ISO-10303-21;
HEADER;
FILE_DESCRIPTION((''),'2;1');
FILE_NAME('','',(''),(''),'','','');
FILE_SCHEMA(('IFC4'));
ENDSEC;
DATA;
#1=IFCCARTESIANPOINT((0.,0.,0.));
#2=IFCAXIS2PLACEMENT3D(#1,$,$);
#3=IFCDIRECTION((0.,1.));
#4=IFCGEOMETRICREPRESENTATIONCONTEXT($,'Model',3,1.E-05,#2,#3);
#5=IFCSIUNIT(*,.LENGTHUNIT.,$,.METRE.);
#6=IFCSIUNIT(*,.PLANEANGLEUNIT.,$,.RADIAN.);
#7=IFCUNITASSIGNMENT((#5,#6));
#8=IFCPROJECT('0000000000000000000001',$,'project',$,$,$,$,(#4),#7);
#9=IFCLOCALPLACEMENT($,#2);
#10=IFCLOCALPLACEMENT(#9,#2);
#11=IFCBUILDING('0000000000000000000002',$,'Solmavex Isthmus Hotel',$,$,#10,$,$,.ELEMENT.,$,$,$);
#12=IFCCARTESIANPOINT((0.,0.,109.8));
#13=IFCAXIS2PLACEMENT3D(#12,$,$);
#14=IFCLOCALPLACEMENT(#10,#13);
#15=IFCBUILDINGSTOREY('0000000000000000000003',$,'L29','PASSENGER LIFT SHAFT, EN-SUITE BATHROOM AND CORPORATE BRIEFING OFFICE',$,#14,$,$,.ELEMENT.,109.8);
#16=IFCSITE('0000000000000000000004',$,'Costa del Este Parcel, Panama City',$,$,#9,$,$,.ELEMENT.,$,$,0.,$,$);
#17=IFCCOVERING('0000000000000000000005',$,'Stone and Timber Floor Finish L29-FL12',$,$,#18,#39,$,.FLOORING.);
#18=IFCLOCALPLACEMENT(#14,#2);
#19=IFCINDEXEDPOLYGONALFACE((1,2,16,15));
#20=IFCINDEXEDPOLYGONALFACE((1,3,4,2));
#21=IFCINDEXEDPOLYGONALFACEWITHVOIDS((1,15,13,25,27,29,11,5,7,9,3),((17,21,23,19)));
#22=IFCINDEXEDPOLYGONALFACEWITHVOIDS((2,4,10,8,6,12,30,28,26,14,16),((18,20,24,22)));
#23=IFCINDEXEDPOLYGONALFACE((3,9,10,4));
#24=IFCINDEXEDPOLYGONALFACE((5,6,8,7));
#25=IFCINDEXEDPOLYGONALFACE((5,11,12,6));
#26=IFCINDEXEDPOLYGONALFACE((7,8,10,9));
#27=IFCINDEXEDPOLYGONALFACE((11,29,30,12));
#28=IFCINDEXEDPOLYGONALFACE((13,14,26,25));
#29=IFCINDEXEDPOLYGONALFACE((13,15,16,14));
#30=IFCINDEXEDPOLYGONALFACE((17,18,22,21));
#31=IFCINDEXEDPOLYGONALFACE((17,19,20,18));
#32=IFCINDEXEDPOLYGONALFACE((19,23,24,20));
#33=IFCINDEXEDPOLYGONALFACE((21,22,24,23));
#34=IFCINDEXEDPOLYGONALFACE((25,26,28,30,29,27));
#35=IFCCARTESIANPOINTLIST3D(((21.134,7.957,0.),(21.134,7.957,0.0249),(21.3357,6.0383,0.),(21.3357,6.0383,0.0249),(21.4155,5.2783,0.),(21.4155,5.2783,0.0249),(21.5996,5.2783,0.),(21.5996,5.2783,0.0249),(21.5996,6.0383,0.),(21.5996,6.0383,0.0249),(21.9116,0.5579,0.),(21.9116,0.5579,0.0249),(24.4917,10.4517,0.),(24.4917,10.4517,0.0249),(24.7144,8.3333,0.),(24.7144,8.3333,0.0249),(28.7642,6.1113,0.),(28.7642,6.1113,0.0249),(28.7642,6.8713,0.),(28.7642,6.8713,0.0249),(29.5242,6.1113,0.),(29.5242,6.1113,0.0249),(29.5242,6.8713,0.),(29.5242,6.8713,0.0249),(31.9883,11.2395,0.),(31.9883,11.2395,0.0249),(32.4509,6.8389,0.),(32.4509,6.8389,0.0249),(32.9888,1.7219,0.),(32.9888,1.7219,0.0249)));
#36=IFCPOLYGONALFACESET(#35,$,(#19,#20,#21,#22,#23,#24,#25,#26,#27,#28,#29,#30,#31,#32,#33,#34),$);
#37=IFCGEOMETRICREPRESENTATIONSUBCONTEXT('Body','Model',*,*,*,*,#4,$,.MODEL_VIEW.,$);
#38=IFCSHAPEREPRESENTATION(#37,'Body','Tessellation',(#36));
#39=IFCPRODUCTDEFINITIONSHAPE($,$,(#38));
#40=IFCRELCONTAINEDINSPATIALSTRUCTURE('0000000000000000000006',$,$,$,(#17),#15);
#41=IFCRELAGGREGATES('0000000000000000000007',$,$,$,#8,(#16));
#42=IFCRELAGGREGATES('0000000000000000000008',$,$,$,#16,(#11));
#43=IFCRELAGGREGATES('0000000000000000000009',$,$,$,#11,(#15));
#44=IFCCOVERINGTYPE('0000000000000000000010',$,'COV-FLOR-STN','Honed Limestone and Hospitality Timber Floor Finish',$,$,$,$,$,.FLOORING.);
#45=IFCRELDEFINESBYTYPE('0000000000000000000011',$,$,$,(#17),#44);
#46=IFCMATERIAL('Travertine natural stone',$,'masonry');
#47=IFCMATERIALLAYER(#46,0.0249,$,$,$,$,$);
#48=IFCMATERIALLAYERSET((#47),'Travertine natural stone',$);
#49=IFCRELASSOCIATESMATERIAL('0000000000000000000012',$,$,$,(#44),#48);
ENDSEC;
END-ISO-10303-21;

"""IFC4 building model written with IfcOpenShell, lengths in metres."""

from ifc_helpers import new_model, si_unit, direction, frame, origin, place, context, subcontext, project, spatial, polyline, outline, extrude, material, layer, layer_set, type_object, element, save


model = new_model("IFC4")

# Units and contexts
model_context = context("Model", 3, precision=1e-05, world=origin(), true_north=direction((0.0, 1.0)))
body_context = subcontext(model_context, "Body", "Model", "MODEL_VIEW")
ifc_project = project(units=[si_unit("LENGTHUNIT", "METRE"), si_unit("PLANEANGLEUNIT", "RADIAN")], contexts=[model_context])

# Site, building, storey
site_placement = place(None, origin())
site = spatial("IfcSite", under=ifc_project, at=site_placement, Name="Costa del Este Parcel, Panama City", CompositionType="ELEMENT", RefElevation=0.0)
building_placement = place(site_placement, origin())
building = spatial("IfcBuilding", under=site, at=building_placement, Name="Solmavex Isthmus Hotel", CompositionType="ELEMENT")
storey_placement = place(building_placement, frame((0.0, 0.0, 109.8)))
storey = spatial("IfcBuildingStorey", under=building, at=storey_placement, Name="L29", Description="PASSENGER LIFT SHAFT, EN-SUITE BATHROOM AND CORPORATE BRIEFING OFFICE", CompositionType="ELEMENT", Elevation=109.8)

# Covering
ifc_material_1 = material(Name="Travertine natural stone", Category="masonry")
ifc_layer_1 = layer(ifc_material_1, 0.0249)
ifc_layer_set_1 = layer_set([ifc_layer_1], Name="Travertine natural stone")
covering_type_1 = type_object("IfcCoveringType", Name="COV-FLOR-STN", Description="Honed Limestone and Hospitality Timber Floor Finish", PredefinedType="FLOORING", material=ifc_layer_set_1)
covering_1_placement = place(storey_placement, origin())
element("IfcCovering", 1, at=covering_1_placement, inside=storey, type_object=covering_type_1, Name="Stone and Timber Floor Finish L29-FL12", PredefinedType="FLOORING", context=body_context, shape_type="SweptSolid", body=[
    extrude(outline(polyline([(21.3357, 6.0383), (21.5996, 6.0383), (21.5996, 5.2783), (21.4155, 5.2783), (21.9116, 0.5579), (32.9888, 1.7219), (32.4509, 6.8389), (31.9883, 11.2395), (24.4917, 10.4517), (24.7144, 8.3333), (21.134, 7.957), (21.3357, 6.0383)]), holes=[polyline([(28.7642, 6.1113), (28.7642, 6.8713), (29.5242, 6.8713), (29.5242, 6.1113), (28.7642, 6.1113)])]), origin(), (0.0, 0.0, 1.0), 0.0249),
])

save(model, "model.ifc")
